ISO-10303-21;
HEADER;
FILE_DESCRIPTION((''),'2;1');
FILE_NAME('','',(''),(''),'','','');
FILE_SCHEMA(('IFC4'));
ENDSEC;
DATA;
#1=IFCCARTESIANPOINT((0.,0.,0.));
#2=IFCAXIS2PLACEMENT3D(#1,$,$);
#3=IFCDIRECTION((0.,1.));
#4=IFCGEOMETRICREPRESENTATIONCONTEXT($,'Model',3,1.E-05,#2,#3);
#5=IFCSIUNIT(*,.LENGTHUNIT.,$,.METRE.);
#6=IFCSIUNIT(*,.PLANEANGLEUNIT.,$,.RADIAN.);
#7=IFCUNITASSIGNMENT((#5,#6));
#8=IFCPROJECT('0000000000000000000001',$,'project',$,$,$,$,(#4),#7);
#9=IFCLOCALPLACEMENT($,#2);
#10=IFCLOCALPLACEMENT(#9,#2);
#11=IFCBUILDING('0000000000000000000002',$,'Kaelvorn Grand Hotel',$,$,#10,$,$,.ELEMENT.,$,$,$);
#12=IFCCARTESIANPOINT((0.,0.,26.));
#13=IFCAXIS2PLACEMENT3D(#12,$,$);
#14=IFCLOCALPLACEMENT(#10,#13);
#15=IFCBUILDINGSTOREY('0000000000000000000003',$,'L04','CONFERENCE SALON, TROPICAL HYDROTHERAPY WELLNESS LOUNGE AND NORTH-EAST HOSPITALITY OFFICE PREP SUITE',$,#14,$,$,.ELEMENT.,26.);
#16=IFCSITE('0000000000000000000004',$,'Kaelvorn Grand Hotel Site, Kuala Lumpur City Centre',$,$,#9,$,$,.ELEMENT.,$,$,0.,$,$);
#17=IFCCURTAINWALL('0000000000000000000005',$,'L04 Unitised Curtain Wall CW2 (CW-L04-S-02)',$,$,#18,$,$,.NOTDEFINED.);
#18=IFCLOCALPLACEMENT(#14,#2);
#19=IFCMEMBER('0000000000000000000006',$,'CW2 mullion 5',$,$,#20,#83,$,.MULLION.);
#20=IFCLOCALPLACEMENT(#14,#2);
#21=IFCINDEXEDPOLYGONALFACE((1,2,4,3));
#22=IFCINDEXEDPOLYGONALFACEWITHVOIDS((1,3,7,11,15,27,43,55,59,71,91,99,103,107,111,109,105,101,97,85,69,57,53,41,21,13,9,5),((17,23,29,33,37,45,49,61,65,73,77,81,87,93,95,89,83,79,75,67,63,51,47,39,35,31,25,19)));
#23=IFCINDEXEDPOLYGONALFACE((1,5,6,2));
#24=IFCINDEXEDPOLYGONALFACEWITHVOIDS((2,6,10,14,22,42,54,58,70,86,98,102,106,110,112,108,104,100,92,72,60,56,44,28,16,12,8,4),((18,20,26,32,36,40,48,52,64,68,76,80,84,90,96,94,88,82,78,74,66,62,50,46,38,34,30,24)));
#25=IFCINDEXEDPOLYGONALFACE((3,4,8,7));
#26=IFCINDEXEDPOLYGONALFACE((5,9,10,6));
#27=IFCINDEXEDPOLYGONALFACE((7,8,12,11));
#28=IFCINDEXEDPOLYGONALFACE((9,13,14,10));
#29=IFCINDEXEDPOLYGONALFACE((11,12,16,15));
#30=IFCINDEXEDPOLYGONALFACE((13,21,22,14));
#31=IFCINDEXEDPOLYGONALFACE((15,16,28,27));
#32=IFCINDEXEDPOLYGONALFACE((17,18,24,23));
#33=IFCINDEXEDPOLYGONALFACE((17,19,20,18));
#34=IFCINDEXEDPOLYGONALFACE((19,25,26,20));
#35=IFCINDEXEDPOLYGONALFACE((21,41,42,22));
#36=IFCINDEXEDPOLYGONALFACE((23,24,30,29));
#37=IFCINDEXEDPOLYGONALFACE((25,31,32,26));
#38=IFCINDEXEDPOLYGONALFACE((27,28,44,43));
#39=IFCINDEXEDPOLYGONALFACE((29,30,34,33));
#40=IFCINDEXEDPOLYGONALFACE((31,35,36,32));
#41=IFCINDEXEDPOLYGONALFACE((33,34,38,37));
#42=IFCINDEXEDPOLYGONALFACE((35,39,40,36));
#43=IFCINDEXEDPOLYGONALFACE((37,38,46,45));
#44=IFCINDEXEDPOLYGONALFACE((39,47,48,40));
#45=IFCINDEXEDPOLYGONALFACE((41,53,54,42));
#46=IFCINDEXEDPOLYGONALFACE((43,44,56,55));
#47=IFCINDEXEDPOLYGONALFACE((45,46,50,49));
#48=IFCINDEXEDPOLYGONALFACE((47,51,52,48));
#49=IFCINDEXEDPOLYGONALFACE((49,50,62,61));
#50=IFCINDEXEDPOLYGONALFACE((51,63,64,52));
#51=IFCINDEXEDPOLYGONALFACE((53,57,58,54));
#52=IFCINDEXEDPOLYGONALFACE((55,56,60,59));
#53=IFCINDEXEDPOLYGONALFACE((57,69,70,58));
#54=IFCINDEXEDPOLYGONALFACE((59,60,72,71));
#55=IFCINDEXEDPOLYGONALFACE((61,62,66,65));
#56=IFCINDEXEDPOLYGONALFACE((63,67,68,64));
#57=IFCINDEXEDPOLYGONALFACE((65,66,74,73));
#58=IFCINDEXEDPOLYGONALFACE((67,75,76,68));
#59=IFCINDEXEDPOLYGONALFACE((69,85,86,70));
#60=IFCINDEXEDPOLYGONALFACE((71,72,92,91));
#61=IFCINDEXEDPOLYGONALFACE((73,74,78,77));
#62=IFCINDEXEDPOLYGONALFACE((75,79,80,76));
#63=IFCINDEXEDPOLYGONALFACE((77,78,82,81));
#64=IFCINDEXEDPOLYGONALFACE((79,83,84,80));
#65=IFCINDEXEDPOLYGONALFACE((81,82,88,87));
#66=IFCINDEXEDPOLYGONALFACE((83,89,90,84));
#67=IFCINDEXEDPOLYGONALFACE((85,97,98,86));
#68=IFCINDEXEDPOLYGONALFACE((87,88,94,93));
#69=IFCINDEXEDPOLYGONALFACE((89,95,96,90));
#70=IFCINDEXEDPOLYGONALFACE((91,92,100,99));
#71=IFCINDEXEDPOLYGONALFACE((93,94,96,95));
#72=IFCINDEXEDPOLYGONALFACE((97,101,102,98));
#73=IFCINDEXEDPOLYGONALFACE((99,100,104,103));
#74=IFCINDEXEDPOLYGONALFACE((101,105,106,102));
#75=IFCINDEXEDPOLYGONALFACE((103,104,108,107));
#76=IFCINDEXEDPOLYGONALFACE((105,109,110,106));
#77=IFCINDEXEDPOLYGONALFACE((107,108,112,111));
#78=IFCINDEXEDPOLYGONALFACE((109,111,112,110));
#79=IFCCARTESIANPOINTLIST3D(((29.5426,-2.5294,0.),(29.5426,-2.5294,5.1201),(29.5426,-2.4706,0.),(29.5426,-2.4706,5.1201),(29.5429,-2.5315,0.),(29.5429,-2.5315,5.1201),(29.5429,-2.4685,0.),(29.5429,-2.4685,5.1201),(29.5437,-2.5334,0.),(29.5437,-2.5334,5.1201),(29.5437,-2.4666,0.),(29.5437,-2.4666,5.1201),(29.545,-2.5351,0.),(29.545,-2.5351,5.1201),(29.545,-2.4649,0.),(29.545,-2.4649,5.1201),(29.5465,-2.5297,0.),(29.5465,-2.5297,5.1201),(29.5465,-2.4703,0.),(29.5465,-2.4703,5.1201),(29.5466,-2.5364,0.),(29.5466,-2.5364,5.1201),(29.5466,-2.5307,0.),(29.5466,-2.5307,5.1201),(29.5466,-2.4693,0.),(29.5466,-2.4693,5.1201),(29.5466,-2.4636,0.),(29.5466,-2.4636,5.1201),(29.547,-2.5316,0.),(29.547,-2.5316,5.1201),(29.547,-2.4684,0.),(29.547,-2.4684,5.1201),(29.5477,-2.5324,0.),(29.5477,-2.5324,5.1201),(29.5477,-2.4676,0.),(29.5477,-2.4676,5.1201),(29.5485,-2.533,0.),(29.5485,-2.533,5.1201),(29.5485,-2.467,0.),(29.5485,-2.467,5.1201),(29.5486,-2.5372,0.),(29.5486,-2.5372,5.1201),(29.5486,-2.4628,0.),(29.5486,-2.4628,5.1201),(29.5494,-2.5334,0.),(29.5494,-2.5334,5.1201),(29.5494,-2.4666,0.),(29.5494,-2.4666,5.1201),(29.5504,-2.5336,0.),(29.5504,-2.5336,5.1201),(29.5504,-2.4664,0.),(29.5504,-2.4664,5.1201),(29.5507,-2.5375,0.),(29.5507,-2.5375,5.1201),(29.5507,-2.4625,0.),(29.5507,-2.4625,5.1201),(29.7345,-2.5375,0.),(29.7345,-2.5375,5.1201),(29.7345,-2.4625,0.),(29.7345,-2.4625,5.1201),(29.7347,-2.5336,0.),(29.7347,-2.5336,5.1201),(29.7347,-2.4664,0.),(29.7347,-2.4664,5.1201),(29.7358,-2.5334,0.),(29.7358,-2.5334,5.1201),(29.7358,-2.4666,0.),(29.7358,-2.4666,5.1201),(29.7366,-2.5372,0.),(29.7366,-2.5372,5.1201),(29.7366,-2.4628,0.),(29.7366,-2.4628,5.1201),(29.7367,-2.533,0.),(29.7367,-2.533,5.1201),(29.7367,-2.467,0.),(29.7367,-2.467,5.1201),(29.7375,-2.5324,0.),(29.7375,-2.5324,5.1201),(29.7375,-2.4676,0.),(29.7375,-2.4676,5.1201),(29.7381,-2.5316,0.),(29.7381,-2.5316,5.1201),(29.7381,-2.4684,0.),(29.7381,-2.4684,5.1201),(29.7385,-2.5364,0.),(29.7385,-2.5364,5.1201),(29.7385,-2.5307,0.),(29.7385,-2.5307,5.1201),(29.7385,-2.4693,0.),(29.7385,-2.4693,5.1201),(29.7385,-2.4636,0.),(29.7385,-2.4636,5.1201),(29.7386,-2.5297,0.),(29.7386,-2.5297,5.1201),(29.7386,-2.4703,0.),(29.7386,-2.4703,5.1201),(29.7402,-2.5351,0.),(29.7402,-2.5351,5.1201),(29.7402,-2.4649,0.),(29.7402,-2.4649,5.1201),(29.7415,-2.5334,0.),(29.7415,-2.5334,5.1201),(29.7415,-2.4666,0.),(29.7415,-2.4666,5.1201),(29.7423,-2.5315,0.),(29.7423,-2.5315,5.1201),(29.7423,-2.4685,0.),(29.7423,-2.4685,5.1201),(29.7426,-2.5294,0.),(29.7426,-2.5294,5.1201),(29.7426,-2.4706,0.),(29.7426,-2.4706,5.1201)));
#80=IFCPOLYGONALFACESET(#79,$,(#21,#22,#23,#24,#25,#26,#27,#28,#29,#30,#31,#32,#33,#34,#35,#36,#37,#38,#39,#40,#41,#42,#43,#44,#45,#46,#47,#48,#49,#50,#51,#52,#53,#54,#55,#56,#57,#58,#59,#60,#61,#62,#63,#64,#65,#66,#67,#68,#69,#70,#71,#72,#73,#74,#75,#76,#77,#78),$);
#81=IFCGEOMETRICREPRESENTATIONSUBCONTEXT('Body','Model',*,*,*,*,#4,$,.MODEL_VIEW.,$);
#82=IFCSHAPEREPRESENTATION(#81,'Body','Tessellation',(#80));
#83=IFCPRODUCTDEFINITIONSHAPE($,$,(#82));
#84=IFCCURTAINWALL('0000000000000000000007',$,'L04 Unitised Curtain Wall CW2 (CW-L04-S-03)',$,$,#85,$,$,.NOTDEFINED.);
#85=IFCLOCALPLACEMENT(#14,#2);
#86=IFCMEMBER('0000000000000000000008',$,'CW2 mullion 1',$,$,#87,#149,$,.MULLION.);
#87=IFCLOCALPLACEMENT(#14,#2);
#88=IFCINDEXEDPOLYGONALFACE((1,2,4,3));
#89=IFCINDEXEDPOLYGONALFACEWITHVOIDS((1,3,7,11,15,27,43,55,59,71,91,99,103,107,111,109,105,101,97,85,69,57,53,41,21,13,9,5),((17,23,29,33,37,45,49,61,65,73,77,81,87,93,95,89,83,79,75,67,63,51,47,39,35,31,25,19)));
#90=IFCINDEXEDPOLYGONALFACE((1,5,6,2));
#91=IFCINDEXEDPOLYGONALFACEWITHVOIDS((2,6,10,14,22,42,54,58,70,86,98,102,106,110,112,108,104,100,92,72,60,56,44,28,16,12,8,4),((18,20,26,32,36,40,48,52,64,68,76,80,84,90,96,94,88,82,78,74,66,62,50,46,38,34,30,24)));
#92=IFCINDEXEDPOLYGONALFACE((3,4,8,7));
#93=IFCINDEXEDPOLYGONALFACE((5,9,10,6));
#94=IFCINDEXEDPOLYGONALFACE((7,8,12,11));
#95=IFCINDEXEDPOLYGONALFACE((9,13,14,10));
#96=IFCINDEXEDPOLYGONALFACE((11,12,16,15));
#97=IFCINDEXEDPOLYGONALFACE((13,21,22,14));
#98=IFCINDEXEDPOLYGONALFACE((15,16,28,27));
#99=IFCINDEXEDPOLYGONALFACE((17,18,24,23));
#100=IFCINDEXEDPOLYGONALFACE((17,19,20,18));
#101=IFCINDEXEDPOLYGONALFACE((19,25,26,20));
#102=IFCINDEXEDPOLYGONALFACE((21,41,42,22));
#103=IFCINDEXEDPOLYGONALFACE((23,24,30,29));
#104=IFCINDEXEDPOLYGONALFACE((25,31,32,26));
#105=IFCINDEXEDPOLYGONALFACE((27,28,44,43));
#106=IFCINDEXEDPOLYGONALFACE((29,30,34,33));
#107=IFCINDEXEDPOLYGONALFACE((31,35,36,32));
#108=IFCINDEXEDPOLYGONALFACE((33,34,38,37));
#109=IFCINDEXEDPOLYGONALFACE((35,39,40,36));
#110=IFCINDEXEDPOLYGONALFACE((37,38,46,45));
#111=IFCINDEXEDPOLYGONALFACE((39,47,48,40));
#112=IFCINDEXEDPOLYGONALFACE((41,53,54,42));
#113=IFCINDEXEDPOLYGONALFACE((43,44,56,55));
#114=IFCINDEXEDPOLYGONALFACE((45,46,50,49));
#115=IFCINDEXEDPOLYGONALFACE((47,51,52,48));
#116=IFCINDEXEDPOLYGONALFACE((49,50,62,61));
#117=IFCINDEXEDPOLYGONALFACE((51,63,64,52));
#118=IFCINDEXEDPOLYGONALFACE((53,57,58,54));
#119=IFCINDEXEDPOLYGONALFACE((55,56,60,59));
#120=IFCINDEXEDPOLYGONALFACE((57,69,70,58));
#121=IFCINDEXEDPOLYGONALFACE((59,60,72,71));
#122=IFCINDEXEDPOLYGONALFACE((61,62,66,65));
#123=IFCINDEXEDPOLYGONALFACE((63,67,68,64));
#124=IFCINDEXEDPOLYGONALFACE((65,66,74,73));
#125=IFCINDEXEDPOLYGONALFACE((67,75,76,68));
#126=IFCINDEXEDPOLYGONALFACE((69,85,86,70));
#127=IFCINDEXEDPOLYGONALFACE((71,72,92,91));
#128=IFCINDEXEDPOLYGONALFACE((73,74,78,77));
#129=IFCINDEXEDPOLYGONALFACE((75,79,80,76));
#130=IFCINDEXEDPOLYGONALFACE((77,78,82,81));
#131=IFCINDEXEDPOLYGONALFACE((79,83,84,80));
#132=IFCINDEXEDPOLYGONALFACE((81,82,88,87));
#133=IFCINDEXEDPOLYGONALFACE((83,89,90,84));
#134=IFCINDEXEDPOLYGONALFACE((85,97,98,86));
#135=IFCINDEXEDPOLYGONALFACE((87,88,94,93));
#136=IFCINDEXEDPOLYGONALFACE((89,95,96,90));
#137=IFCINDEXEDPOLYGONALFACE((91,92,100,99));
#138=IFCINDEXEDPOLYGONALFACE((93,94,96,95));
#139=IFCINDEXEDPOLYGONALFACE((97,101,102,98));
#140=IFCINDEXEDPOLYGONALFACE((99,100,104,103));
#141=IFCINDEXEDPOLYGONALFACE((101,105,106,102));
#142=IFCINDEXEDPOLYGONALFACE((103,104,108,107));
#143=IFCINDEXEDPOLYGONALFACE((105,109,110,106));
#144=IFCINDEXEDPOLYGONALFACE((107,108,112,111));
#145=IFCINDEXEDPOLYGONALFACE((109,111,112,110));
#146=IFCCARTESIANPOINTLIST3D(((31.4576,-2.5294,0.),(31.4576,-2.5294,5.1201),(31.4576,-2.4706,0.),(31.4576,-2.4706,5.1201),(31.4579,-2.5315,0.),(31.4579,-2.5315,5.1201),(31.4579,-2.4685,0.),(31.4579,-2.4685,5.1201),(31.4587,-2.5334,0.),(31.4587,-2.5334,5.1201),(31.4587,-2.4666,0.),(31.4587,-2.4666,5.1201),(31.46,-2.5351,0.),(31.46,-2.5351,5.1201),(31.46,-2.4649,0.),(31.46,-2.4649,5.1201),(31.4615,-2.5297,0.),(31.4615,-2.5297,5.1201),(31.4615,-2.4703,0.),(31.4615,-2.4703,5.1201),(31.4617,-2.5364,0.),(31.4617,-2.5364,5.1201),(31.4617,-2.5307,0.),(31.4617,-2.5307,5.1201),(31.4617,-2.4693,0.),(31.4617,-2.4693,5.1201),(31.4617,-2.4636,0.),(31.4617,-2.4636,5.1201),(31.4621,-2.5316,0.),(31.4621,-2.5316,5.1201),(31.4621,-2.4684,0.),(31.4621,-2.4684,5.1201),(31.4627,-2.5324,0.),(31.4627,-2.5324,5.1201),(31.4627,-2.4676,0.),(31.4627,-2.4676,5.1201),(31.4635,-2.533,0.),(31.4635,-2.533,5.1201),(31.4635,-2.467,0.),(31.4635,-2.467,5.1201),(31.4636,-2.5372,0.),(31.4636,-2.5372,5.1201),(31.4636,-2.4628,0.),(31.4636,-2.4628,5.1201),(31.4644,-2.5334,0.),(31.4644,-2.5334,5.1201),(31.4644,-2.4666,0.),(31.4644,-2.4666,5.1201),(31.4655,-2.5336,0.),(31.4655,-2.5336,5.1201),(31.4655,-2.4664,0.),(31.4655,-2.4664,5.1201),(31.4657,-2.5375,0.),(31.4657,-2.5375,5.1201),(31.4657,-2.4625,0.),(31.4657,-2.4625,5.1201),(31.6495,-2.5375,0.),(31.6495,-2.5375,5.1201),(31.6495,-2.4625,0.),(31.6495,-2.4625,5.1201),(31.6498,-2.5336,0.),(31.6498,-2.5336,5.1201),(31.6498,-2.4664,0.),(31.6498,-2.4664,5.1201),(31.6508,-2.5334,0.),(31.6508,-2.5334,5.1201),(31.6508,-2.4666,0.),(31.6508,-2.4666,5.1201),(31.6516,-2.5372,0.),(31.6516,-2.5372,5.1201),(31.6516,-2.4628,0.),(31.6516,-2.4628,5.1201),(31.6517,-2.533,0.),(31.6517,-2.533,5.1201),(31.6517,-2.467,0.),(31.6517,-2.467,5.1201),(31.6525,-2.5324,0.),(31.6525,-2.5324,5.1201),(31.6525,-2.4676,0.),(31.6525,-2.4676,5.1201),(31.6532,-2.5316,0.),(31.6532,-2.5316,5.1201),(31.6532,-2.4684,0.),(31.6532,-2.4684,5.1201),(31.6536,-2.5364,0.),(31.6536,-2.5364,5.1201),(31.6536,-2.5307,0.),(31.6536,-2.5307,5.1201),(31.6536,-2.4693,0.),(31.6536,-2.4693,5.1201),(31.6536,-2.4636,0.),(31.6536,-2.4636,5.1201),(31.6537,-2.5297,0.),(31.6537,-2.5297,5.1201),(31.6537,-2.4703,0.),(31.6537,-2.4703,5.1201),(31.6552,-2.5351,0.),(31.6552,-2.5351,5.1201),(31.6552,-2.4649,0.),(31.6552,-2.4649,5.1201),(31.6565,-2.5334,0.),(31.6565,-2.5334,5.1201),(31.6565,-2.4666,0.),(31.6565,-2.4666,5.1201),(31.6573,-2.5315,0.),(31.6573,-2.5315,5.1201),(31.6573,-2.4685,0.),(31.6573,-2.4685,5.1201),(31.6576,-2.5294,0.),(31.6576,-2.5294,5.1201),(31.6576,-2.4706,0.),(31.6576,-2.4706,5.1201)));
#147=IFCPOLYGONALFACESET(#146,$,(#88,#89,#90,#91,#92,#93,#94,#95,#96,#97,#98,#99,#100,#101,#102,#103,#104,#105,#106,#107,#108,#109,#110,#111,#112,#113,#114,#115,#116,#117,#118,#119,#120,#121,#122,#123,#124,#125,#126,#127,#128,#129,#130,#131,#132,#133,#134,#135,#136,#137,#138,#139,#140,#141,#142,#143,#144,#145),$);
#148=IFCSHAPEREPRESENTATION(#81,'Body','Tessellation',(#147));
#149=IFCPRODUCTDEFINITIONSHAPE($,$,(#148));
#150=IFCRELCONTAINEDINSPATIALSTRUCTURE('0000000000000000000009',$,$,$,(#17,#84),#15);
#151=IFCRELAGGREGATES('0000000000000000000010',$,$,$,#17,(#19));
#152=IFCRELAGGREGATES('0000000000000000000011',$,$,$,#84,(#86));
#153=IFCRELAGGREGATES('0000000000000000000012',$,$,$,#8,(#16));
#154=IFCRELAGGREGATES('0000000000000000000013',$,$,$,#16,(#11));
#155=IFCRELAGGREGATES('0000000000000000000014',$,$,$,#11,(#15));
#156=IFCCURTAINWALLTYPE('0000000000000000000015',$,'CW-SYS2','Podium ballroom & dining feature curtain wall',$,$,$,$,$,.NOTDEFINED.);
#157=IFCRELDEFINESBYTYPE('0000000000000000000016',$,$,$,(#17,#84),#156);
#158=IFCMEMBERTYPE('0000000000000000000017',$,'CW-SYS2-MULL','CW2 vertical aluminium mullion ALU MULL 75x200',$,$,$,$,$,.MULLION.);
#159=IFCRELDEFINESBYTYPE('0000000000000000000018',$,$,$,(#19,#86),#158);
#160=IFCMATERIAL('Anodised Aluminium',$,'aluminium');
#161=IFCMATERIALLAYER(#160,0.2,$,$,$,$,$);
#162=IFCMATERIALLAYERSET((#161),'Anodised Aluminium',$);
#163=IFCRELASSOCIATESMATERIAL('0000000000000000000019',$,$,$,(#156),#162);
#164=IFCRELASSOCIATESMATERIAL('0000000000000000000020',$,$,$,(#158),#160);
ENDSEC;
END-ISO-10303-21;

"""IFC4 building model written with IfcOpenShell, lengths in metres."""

from ifc_helpers import new_model, si_unit, direction, frame, origin, origin_2d, place, context, subcontext, project, spatial, hollow_rectangle, extrude, material, layer, layer_set, material_profile, profile_set, type_object, element, aggregate, save


model = new_model("IFC4")

# Units and contexts
model_context = context("Model", 3, precision=1e-05, world=origin(), true_north=direction((0.0, 1.0)))
body_context = subcontext(model_context, "Body", "Model", "MODEL_VIEW")
ifc_project = project(units=[si_unit("LENGTHUNIT", "METRE"), si_unit("PLANEANGLEUNIT", "RADIAN")], contexts=[model_context])

# Site, building, storey
site_placement = place(None, origin())
site = spatial("IfcSite", under=ifc_project, at=site_placement, Name="Kaelvorn Grand Hotel Site, Kuala Lumpur City Centre", CompositionType="ELEMENT", RefElevation=0.0)
building_placement = place(site_placement, origin())
building = spatial("IfcBuilding", under=site, at=building_placement, Name="Kaelvorn Grand Hotel", CompositionType="ELEMENT")
storey_placement = place(building_placement, frame((0.0, 0.0, 26.0)))
storey = spatial("IfcBuildingStorey", under=building, at=storey_placement, Name="L04", Description="CONFERENCE SALON, TROPICAL HYDROTHERAPY WELLNESS LOUNGE AND NORTH-EAST HOSPITALITY OFFICE PREP SUITE", CompositionType="ELEMENT", Elevation=26.0)

# Curtain walls, members
ifc_material_1 = material(Name="Anodised Aluminium", Category="aluminium")
ifc_layer_1 = layer(ifc_material_1, 0.2)
ifc_layer_set_1 = layer_set([ifc_layer_1], Name="Anodised Aluminium")
curtain_wall_type = type_object("IfcCurtainWallType", Name="CW-SYS2", Description="Podium ballroom & dining feature curtain wall", PredefinedType="NOTDEFINED", material=ifc_layer_set_1)
curtain_wall_1_placement = place(storey_placement, origin())
curtain_wall_1 = element("IfcCurtainWall", 1, at=curtain_wall_1_placement, inside=storey, type_object=curtain_wall_type, Name="L04 Unitised Curtain Wall CW2 (CW-L04-S-02)", PredefinedType="NOTDEFINED")
ifc_material_profile_1 = material_profile(ifc_material_1, hollow_rectangle(XDim=0.075, YDim=0.2, WallThickness=0.0039, InnerFilletRadius=0.0039, OuterFilletRadius=0.0081, at=origin_2d()), Name="ALU MULL 75x200")
ifc_profile_set_1 = profile_set([ifc_material_profile_1], Name="Anodised Aluminium")
member_type_1 = type_object("IfcMemberType", Name="CW-SYS2-MULL", Description="CW2 vertical aluminium mullion ALU MULL 75x200", PredefinedType="MULLION", material=ifc_profile_set_1)
member_1_placement = place(storey_placement, frame((29.6426, -2.5, 0.0), z_axis=(0.0, 0.0, 1.0), x_axis=(0.0, 1.0, 0.0)))
member_1 = element("IfcMember", 2, at=member_1_placement, type_object=member_type_1, Name="CW2 mullion 5", PredefinedType="MULLION", context=body_context, shape_type="SweptSolid", body=[
    extrude(hollow_rectangle(XDim=0.075, YDim=0.2, WallThickness=0.0039, InnerFilletRadius=0.0039, OuterFilletRadius=0.0081, at=origin_2d()), origin(), (0.0, 0.0, 1.0), 5.1201),
])
curtain_wall_2_placement = place(storey_placement, origin())
curtain_wall_2 = element("IfcCurtainWall", 3, at=curtain_wall_2_placement, inside=storey, type_object=curtain_wall_type, Name="L04 Unitised Curtain Wall CW2 (CW-L04-S-03)", PredefinedType="NOTDEFINED")
member_2_placement = place(storey_placement, frame((31.5576, -2.5, 0.0), z_axis=(0.0, 0.0, 1.0), x_axis=(0.0, 1.0, 0.0)))
member_2 = element("IfcMember", 4, at=member_2_placement, type_object=member_type_1, Name="CW2 mullion 1", PredefinedType="MULLION", context=body_context, shape_type="SweptSolid", body=[
    extrude(hollow_rectangle(XDim=0.075, YDim=0.2, WallThickness=0.0039, InnerFilletRadius=0.0039, OuterFilletRadius=0.0081, at=origin_2d()), origin(), (0.0, 0.0, 1.0), 5.1201),
])

aggregate(curtain_wall_1, [member_1])
aggregate(curtain_wall_2, [member_2])

save(model, "model.ifc")
